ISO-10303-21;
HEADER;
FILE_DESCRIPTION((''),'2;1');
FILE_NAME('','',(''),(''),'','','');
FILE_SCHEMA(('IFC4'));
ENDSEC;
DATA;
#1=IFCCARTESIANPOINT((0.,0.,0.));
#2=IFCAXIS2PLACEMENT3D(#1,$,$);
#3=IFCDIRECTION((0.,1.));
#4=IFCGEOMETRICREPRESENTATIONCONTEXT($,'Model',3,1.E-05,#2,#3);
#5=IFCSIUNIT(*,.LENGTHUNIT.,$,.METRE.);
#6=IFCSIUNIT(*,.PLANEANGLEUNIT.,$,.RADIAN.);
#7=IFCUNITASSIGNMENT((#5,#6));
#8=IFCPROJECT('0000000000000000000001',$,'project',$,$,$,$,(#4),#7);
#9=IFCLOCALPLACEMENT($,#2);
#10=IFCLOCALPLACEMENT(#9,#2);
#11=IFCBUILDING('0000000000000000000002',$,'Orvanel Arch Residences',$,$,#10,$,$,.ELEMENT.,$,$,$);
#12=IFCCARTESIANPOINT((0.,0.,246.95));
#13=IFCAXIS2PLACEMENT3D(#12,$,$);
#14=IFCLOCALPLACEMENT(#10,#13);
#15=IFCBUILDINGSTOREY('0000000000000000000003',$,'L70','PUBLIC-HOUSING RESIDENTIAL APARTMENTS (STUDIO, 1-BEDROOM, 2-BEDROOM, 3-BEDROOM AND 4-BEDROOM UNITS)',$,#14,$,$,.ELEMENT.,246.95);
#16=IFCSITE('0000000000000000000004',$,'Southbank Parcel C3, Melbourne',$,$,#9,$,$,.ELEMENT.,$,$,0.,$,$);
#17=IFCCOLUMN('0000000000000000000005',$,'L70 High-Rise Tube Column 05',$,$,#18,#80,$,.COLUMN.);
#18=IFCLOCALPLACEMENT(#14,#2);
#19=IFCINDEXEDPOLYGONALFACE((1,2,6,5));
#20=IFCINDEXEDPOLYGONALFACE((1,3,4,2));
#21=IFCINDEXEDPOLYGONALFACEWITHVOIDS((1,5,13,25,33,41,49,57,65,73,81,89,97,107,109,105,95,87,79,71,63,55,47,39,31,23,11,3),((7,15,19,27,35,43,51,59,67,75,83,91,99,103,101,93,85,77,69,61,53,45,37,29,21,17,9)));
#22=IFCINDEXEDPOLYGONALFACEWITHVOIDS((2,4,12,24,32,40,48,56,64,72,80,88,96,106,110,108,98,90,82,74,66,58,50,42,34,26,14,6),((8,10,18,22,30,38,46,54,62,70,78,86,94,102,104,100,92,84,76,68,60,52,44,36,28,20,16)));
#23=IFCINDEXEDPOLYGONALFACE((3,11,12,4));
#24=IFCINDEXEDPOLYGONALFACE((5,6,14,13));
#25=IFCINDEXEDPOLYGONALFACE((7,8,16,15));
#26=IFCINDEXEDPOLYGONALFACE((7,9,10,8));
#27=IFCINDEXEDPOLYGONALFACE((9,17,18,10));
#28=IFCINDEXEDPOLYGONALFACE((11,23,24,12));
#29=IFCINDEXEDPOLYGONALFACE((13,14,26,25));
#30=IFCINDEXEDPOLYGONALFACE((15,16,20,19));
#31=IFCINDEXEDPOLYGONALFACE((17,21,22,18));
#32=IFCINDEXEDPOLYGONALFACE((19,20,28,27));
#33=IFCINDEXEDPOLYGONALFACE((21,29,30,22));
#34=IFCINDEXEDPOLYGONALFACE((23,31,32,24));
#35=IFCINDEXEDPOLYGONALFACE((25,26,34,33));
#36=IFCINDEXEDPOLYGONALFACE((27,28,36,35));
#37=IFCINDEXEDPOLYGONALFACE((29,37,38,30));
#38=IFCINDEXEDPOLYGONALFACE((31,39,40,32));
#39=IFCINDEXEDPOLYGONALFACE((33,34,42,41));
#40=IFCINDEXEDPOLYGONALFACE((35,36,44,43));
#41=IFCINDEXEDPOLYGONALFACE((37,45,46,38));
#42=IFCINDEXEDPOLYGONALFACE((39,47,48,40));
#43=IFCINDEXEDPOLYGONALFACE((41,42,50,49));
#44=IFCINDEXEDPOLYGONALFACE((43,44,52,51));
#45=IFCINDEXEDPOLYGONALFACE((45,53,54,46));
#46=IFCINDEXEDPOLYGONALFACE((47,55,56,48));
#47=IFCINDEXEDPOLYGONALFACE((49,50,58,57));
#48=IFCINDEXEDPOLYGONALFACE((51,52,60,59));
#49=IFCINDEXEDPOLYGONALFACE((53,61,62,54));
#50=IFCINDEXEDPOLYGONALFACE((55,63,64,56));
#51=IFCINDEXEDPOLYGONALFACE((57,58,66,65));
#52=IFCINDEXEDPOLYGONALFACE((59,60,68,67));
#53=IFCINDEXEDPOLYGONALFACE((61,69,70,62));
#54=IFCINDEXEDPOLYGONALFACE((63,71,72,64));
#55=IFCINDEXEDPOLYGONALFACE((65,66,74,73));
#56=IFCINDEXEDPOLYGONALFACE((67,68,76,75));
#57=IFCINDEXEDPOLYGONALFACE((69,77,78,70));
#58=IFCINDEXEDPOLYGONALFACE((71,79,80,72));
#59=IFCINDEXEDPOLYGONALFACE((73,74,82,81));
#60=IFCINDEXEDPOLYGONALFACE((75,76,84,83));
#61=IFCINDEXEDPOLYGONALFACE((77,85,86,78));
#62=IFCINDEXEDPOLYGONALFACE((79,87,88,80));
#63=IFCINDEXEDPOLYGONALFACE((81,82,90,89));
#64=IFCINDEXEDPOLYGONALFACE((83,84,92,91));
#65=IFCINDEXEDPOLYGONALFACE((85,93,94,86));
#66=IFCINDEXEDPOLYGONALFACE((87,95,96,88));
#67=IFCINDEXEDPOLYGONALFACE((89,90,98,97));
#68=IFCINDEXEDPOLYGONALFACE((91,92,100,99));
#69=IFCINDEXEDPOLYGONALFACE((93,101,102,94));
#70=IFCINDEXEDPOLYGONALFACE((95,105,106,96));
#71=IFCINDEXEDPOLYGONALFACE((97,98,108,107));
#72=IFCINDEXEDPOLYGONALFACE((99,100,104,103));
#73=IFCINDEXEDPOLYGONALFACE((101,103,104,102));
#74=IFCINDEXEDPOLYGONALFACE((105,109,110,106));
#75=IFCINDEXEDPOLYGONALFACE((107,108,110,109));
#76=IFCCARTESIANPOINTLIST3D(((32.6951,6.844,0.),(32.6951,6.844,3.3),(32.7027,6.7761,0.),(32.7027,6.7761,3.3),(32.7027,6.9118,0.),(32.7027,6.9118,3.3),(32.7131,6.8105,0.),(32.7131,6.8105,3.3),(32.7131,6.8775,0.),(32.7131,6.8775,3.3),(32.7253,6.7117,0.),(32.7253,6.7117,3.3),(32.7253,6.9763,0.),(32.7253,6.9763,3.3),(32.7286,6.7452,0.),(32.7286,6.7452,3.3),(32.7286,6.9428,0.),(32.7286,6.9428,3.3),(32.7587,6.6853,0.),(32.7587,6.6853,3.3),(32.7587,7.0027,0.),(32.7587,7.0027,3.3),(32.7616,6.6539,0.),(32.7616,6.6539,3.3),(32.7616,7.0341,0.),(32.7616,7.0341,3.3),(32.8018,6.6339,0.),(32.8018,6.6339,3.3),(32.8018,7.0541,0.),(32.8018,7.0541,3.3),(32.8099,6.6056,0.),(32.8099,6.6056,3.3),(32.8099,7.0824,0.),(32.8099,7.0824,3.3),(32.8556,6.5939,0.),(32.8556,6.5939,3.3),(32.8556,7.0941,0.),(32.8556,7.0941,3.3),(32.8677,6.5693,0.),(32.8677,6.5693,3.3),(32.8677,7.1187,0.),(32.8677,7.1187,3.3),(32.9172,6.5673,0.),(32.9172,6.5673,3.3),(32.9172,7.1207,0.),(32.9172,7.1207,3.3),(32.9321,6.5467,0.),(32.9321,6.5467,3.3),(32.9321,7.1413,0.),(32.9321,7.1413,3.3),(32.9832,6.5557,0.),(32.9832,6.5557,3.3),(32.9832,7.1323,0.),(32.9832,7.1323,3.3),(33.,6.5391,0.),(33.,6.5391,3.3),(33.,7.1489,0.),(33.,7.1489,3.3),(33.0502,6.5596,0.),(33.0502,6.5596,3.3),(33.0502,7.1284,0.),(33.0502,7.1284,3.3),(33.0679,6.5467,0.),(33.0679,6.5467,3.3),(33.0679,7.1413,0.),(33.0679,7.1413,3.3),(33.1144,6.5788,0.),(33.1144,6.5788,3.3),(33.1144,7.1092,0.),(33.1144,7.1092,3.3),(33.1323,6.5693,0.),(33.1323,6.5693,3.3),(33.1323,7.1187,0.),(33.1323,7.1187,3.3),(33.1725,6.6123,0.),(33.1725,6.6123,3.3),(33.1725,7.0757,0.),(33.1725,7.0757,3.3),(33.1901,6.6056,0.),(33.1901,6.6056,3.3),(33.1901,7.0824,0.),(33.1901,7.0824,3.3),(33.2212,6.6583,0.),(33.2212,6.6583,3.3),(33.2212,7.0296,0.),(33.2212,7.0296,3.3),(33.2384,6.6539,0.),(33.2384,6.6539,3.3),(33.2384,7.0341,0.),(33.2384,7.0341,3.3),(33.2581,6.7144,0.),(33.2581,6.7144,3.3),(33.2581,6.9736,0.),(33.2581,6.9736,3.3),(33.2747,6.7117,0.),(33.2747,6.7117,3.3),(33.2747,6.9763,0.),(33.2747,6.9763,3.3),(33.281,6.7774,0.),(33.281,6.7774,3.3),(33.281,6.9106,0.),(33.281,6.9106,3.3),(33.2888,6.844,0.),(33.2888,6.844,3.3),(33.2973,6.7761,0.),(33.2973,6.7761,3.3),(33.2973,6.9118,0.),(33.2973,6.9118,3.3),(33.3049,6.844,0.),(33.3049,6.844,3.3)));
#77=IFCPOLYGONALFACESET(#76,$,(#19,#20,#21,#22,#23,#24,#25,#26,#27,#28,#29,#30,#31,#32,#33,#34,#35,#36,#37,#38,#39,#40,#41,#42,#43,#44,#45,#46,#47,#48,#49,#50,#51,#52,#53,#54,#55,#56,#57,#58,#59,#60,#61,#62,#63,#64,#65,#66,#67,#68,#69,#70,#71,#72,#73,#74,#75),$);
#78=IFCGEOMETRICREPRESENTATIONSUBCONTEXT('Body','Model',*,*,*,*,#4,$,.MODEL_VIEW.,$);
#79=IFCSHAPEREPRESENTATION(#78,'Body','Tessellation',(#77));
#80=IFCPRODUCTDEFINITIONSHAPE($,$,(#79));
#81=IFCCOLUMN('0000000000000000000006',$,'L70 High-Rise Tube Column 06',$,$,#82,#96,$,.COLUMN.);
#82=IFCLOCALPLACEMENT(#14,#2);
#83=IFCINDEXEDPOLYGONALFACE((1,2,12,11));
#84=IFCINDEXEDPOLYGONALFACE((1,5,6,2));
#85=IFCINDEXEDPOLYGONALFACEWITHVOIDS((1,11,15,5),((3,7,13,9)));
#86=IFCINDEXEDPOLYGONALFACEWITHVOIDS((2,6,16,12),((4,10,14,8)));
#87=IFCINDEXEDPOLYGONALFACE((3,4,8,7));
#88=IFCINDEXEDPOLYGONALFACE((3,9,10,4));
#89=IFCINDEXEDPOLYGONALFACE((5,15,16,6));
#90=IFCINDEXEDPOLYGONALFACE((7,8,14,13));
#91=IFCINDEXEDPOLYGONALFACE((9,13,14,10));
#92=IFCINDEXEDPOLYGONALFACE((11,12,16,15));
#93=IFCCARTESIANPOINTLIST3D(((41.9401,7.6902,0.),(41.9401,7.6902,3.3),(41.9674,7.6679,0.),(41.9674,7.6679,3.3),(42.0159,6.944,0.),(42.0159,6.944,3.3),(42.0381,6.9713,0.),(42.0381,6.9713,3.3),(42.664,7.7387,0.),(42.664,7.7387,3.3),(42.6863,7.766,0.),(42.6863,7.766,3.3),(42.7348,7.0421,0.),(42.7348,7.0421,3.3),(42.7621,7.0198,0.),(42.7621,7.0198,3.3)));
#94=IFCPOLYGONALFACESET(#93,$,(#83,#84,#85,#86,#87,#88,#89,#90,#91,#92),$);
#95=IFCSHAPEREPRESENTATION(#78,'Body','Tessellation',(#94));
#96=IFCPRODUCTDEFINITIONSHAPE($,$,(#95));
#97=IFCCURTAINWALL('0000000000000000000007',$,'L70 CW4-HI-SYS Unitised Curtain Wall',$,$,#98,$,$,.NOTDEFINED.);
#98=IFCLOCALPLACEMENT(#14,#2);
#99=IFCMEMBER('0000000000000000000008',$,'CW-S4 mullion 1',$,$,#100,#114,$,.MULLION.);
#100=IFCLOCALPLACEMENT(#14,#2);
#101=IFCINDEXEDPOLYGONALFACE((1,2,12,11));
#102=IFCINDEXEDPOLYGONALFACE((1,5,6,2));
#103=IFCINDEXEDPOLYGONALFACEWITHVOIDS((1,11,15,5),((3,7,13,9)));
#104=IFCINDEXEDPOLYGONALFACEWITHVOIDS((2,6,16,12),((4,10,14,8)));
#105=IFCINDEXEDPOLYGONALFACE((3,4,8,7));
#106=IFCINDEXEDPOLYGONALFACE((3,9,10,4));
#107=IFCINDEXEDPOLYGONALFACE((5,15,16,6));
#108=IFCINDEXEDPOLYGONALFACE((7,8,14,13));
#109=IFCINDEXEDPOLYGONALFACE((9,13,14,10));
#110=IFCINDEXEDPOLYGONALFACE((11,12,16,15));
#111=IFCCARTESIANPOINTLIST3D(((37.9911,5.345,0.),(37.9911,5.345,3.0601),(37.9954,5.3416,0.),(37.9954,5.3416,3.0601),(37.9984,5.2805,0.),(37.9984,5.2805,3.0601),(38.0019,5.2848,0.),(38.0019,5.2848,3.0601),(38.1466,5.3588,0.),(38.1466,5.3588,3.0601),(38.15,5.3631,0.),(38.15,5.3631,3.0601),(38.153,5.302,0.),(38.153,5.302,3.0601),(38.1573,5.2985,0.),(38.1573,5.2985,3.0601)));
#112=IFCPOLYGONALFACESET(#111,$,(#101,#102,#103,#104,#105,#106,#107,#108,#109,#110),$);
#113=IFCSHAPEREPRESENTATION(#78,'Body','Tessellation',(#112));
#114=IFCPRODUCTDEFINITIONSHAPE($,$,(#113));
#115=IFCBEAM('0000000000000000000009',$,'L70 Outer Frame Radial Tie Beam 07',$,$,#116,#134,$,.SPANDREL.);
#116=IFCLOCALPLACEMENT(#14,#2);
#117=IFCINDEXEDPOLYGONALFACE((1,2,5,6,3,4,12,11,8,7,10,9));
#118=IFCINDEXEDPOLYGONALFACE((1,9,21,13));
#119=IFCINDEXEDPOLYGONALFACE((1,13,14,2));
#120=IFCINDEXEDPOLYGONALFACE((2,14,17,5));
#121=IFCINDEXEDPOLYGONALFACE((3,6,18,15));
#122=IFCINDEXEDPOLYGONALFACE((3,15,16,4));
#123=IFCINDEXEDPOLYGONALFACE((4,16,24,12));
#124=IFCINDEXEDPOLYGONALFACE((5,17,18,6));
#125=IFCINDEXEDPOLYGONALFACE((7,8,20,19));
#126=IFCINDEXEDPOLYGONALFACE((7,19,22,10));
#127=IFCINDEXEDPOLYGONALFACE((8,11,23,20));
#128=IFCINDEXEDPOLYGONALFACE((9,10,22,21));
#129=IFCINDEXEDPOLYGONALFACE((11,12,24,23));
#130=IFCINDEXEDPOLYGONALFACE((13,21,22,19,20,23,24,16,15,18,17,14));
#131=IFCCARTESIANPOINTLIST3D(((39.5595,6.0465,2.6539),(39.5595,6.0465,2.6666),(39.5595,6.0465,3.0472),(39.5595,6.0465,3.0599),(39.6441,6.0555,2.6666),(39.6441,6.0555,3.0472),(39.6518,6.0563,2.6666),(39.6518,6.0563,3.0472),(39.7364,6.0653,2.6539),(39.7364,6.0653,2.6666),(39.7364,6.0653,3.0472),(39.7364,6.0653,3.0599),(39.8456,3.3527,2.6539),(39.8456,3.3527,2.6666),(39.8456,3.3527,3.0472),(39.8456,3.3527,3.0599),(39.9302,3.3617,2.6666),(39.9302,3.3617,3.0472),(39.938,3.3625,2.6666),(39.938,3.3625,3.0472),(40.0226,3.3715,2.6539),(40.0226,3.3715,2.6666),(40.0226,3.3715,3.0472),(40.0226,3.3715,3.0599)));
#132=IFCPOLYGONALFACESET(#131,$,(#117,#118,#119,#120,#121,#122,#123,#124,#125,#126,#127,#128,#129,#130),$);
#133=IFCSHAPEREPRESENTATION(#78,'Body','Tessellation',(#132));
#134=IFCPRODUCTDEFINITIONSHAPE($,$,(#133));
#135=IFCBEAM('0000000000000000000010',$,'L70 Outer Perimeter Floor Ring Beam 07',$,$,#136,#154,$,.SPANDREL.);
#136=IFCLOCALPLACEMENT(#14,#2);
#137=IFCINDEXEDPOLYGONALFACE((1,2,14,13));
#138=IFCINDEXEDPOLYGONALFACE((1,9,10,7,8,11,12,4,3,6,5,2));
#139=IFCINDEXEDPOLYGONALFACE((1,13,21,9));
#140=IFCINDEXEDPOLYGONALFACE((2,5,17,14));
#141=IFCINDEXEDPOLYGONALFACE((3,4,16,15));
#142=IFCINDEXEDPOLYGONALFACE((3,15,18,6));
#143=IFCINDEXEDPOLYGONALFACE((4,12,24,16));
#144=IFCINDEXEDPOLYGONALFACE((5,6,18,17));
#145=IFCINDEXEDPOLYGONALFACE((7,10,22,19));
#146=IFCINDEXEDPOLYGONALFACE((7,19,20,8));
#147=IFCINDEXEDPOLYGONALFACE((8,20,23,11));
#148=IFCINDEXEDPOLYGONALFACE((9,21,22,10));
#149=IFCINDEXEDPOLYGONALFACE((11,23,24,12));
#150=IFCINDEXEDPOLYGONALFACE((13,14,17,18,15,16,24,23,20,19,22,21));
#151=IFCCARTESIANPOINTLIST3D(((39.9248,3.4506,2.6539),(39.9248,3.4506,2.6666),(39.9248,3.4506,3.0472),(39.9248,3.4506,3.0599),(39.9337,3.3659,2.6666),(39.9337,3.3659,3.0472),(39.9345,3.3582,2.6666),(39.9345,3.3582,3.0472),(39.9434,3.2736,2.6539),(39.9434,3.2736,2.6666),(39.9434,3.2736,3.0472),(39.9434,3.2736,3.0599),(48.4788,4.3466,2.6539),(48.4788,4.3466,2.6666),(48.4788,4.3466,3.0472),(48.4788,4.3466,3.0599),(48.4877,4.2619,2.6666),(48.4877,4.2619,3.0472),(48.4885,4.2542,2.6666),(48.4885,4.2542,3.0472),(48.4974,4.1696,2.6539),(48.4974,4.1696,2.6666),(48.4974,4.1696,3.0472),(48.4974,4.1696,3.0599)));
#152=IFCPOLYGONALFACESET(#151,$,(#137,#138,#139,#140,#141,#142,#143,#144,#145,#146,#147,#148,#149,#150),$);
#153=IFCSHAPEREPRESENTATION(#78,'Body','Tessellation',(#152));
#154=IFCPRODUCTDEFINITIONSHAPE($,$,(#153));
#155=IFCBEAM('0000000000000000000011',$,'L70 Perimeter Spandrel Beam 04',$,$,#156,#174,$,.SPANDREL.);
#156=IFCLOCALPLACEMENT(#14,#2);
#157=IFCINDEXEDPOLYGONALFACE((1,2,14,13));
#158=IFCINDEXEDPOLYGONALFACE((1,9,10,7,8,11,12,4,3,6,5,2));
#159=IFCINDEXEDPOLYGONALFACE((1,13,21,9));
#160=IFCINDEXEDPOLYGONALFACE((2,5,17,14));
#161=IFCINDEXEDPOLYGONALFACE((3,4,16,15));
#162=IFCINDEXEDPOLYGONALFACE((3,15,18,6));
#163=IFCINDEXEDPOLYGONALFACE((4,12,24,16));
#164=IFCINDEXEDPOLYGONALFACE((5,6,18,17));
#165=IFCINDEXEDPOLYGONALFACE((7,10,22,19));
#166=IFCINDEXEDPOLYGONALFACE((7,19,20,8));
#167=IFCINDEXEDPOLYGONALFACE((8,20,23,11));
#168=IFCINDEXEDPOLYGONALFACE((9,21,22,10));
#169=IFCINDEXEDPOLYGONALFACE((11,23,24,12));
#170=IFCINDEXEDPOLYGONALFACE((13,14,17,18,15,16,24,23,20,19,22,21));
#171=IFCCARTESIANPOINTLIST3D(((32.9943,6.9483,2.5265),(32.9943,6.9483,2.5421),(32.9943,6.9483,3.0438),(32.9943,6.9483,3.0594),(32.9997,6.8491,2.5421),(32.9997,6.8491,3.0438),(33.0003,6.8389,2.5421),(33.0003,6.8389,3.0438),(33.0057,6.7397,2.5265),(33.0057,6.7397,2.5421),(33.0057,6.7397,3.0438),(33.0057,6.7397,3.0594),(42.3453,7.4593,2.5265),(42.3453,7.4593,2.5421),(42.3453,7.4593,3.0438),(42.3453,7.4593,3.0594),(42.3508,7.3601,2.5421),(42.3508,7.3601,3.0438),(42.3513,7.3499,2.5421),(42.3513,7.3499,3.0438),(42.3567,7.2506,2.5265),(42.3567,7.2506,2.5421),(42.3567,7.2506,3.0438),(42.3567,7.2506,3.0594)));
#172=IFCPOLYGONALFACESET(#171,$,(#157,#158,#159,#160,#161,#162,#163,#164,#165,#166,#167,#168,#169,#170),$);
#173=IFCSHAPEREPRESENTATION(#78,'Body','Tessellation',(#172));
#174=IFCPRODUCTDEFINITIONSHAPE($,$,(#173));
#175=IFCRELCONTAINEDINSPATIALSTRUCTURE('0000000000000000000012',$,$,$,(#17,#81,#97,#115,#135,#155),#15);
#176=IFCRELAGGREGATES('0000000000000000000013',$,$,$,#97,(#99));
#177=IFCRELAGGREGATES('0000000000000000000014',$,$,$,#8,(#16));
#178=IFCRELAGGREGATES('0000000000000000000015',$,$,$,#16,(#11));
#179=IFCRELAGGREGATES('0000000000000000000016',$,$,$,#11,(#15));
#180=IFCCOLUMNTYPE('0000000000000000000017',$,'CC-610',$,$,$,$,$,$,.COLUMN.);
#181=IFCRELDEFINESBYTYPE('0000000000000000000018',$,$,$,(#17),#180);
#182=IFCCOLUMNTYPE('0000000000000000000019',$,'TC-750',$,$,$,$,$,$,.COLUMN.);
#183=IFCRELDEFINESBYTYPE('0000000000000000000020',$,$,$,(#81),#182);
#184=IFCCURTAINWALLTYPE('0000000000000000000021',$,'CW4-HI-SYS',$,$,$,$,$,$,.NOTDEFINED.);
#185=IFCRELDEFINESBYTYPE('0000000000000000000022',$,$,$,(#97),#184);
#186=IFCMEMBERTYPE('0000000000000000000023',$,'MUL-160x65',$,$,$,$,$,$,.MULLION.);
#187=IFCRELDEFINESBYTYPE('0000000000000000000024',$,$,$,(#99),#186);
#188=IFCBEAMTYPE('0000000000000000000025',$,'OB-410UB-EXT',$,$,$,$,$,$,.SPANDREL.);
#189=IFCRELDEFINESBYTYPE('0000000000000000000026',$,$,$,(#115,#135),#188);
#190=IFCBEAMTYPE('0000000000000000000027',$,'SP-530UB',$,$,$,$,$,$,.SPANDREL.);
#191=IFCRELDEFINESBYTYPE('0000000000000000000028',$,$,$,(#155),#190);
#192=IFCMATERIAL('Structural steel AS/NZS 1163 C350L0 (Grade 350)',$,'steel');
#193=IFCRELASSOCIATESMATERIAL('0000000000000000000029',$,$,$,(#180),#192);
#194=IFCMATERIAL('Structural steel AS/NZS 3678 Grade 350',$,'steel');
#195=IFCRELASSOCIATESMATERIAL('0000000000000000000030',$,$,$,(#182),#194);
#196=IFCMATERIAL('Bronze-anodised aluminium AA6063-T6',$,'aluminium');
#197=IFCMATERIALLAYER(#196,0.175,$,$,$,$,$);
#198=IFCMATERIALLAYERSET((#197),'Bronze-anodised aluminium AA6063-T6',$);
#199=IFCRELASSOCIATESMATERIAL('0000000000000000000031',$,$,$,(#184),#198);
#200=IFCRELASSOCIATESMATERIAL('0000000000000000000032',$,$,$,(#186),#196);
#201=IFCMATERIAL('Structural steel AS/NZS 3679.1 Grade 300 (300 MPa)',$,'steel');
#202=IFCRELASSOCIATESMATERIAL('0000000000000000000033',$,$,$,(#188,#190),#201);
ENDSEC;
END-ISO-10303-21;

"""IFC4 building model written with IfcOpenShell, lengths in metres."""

from ifc_helpers import new_model, si_unit, direction, frame, origin, origin_2d, place, context, subcontext, project, spatial, hollow_rectangle, hollow_circle, i_section, extrude, material, layer, layer_set, material_profile, profile_set, type_object, element, aggregate, save


model = new_model("IFC4")

# Units and contexts
model_context = context("Model", 3, precision=1e-05, world=origin(), true_north=direction((0.0, 1.0)))
body_context = subcontext(model_context, "Body", "Model", "MODEL_VIEW")
ifc_project = project(units=[si_unit("LENGTHUNIT", "METRE"), si_unit("PLANEANGLEUNIT", "RADIAN")], contexts=[model_context])

# Site, building, storey
site_placement = place(None, origin())
site = spatial("IfcSite", under=ifc_project, at=site_placement, Name="Southbank Parcel C3, Melbourne", CompositionType="ELEMENT", RefElevation=0.0)
building_placement = place(site_placement, origin())
building = spatial("IfcBuilding", under=site, at=building_placement, Name="Orvanel Arch Residences", CompositionType="ELEMENT")
storey_placement = place(building_placement, frame((0.0, 0.0, 246.95)))
storey = spatial("IfcBuildingStorey", under=building, at=storey_placement, Name="L70", Description="PUBLIC-HOUSING RESIDENTIAL APARTMENTS (STUDIO, 1-BEDROOM, 2-BEDROOM, 3-BEDROOM AND 4-BEDROOM UNITS)", CompositionType="ELEMENT", Elevation=246.95)

# Columns
ifc_material_1 = material(Name="Structural steel AS/NZS 1163 C350L0 (Grade 350)", Category="steel")
ifc_material_profile_1 = material_profile(ifc_material_1, hollow_circle(Radius=0.3049, WallThickness=0.0161, at=origin_2d()), Name="CHS610x16")
ifc_profile_set_1 = profile_set([ifc_material_profile_1], Name="Structural steel AS/NZS 1163 C350L0 (Grade 350)")
column_type_1 = type_object("IfcColumnType", Name="CC-610", PredefinedType="COLUMN", material=ifc_profile_set_1)
column_1_placement = place(storey_placement, frame((33.0, 6.844, 0.0), z_axis=(0.0, 0.0, 1.0), x_axis=(1.0, 0.0, 0.0)))
element("IfcColumn", 1, at=column_1_placement, inside=storey, type_object=column_type_1, Name="L70 High-Rise Tube Column 05", PredefinedType="COLUMN", context=body_context, shape_type="SweptSolid", body=[
    extrude(hollow_circle(Radius=0.3049, WallThickness=0.0161, at=origin_2d()), origin(), (0.0, 0.0, 1.0), 3.3),
])
ifc_material_2 = material(Name="Structural steel AS/NZS 3678 Grade 350", Category="steel")
ifc_material_profile_2 = material_profile(ifc_material_2, hollow_rectangle(XDim=0.75, YDim=0.75, WallThickness=0.0249, at=origin_2d()), Name="BOX750x750x25")
ifc_profile_set_2 = profile_set([ifc_material_profile_2], Name="Structural steel AS/NZS 3678 Grade 350")
column_type_2 = type_object("IfcColumnType", Name="TC-750", PredefinedType="COLUMN", material=ifc_profile_set_2)
column_2_placement = place(storey_placement, frame((42.3511, 7.355, 0.0), z_axis=(0.0, 0.0, 1.0), x_axis=(0.994881, 0.101056, 0.0)))
element("IfcColumn", 2, at=column_2_placement, inside=storey, type_object=column_type_2, Name="L70 High-Rise Tube Column 06", PredefinedType="COLUMN", context=body_context, shape_type="SweptSolid", body=[
    extrude(hollow_rectangle(XDim=0.75, YDim=0.75, WallThickness=0.0249, at=origin_2d()), origin(), (0.0, 0.0, 1.0), 3.3),
])

# Curtain wall, member
ifc_material_3 = material(Name="Bronze-anodised aluminium AA6063-T6", Category="aluminium")
ifc_layer_1 = layer(ifc_material_3, 0.175)
ifc_layer_set_1 = layer_set([ifc_layer_1], Name="Bronze-anodised aluminium AA6063-T6")
curtain_wall_type = type_object("IfcCurtainWallType", Name="CW4-HI-SYS", PredefinedType="NOTDEFINED", material=ifc_layer_set_1)
curtain_wall_placement = place(storey_placement, origin())
curtain_wall = element("IfcCurtainWall", 3, at=curtain_wall_placement, inside=storey, type_object=curtain_wall_type, Name="L70 CW4-HI-SYS Unitised Curtain Wall", PredefinedType="NOTDEFINED")
ifc_material_profile_3 = material_profile(ifc_material_3, hollow_rectangle(XDim=0.0649, YDim=0.1599, WallThickness=0.0039, at=origin_2d()), Name="ALU160x65x4")
ifc_profile_set_3 = profile_set([ifc_material_profile_3], Name="Bronze-anodised aluminium AA6063-T6")
member_type_1 = type_object("IfcMemberType", Name="MUL-160x65", PredefinedType="MULLION", material=ifc_profile_set_3)
member_1_placement = place(storey_placement, frame((38.0742, 5.3218, 0.0), z_axis=(0.0, 0.0, 1.0), x_axis=(-0.113, 0.993595, 0.0)))
member_1 = element("IfcMember", 4, at=member_1_placement, type_object=member_type_1, Name="CW-S4 mullion 1", PredefinedType="MULLION", context=body_context, shape_type="SweptSolid", body=[
    extrude(hollow_rectangle(XDim=0.0649, YDim=0.1599, WallThickness=0.0039, at=origin_2d()), origin(), (0.0, 0.0, 1.0), 3.0601),
])

# Beams
ifc_material_4 = material(Name="Structural steel AS/NZS 3679.1 Grade 300 (300 MPa)", Category="steel")
ifc_material_profile_4 = material_profile(ifc_material_4, i_section(OverallWidth=0.178, OverallDepth=0.406, WebThickness=0.0078, FlangeThickness=0.0127, at=origin_2d()), Name="410UB59.7")
ifc_profile_set_4 = profile_set([ifc_material_profile_4], Name="Structural steel AS/NZS 3679.1 Grade 300 (300 MPa)")
beam_type_1 = type_object("IfcBeamType", Name="OB-410UB-EXT", PredefinedType="SPANDREL", material=ifc_profile_set_4)
beam_1_placement = place(storey_placement, frame((39.6479, 6.0559, 2.8569), z_axis=(0.105623, -0.994406, 0.0), x_axis=(0.994406, 0.105623, 0.0)))
element("IfcBeam", 5, at=beam_1_placement, inside=storey, type_object=beam_type_1, Name="L70 Outer Frame Radial Tie Beam 07", PredefinedType="SPANDREL", context=body_context, shape_type="SweptSolid", body=[
    extrude(i_section(OverallWidth=0.178, OverallDepth=0.406, WebThickness=0.0078, FlangeThickness=0.0127, at=origin_2d()), origin(), (0.0, 0.0, 1.0), 2.709),
])
beam_2_placement = place(storey_placement, frame((39.9341, 3.3621, 2.8569), z_axis=(0.994559, 0.104176, 0.0), x_axis=(-0.104176, 0.994559, 0.0)))
element("IfcBeam", 6, at=beam_2_placement, inside=storey, type_object=beam_type_1, Name="L70 Outer Perimeter Floor Ring Beam 07", PredefinedType="SPANDREL", context=body_context, shape_type="SweptSolid", body=[
    extrude(i_section(OverallWidth=0.178, OverallDepth=0.406, WebThickness=0.0078, FlangeThickness=0.0127, at=origin_2d()), origin(), (0.0, 0.0, 1.0), 8.6008),
])
ifc_material_profile_5 = material_profile(ifc_material_4, i_section(OverallWidth=0.209, OverallDepth=0.533, WebThickness=0.0103, FlangeThickness=0.0156, at=origin_2d()), Name="530UB92.4")
ifc_profile_set_5 = profile_set([ifc_material_profile_5], Name="Structural steel AS/NZS 3679.1 Grade 300 (300 MPa)")
beam_type_2 = type_object("IfcBeamType", Name="SP-530UB", PredefinedType="SPANDREL", material=ifc_profile_set_5)
beam_3_placement = place(storey_placement, frame((33.0, 6.844, 2.793), z_axis=(0.99851, 0.054563, 0.0), x_axis=(-0.054563, 0.99851, 0.0)))
element("IfcBeam", 7, at=beam_3_placement, inside=storey, type_object=beam_type_2, Name="L70 Perimeter Spandrel Beam 04", PredefinedType="SPANDREL", context=body_context, shape_type="SweptSolid", body=[
    extrude(i_section(OverallWidth=0.209, OverallDepth=0.533, WebThickness=0.0103, FlangeThickness=0.0156, at=origin_2d()), origin(), (0.0, 0.0, 1.0), 9.365),
])

aggregate(curtain_wall, [member_1])

save(model, "model.ifc")
